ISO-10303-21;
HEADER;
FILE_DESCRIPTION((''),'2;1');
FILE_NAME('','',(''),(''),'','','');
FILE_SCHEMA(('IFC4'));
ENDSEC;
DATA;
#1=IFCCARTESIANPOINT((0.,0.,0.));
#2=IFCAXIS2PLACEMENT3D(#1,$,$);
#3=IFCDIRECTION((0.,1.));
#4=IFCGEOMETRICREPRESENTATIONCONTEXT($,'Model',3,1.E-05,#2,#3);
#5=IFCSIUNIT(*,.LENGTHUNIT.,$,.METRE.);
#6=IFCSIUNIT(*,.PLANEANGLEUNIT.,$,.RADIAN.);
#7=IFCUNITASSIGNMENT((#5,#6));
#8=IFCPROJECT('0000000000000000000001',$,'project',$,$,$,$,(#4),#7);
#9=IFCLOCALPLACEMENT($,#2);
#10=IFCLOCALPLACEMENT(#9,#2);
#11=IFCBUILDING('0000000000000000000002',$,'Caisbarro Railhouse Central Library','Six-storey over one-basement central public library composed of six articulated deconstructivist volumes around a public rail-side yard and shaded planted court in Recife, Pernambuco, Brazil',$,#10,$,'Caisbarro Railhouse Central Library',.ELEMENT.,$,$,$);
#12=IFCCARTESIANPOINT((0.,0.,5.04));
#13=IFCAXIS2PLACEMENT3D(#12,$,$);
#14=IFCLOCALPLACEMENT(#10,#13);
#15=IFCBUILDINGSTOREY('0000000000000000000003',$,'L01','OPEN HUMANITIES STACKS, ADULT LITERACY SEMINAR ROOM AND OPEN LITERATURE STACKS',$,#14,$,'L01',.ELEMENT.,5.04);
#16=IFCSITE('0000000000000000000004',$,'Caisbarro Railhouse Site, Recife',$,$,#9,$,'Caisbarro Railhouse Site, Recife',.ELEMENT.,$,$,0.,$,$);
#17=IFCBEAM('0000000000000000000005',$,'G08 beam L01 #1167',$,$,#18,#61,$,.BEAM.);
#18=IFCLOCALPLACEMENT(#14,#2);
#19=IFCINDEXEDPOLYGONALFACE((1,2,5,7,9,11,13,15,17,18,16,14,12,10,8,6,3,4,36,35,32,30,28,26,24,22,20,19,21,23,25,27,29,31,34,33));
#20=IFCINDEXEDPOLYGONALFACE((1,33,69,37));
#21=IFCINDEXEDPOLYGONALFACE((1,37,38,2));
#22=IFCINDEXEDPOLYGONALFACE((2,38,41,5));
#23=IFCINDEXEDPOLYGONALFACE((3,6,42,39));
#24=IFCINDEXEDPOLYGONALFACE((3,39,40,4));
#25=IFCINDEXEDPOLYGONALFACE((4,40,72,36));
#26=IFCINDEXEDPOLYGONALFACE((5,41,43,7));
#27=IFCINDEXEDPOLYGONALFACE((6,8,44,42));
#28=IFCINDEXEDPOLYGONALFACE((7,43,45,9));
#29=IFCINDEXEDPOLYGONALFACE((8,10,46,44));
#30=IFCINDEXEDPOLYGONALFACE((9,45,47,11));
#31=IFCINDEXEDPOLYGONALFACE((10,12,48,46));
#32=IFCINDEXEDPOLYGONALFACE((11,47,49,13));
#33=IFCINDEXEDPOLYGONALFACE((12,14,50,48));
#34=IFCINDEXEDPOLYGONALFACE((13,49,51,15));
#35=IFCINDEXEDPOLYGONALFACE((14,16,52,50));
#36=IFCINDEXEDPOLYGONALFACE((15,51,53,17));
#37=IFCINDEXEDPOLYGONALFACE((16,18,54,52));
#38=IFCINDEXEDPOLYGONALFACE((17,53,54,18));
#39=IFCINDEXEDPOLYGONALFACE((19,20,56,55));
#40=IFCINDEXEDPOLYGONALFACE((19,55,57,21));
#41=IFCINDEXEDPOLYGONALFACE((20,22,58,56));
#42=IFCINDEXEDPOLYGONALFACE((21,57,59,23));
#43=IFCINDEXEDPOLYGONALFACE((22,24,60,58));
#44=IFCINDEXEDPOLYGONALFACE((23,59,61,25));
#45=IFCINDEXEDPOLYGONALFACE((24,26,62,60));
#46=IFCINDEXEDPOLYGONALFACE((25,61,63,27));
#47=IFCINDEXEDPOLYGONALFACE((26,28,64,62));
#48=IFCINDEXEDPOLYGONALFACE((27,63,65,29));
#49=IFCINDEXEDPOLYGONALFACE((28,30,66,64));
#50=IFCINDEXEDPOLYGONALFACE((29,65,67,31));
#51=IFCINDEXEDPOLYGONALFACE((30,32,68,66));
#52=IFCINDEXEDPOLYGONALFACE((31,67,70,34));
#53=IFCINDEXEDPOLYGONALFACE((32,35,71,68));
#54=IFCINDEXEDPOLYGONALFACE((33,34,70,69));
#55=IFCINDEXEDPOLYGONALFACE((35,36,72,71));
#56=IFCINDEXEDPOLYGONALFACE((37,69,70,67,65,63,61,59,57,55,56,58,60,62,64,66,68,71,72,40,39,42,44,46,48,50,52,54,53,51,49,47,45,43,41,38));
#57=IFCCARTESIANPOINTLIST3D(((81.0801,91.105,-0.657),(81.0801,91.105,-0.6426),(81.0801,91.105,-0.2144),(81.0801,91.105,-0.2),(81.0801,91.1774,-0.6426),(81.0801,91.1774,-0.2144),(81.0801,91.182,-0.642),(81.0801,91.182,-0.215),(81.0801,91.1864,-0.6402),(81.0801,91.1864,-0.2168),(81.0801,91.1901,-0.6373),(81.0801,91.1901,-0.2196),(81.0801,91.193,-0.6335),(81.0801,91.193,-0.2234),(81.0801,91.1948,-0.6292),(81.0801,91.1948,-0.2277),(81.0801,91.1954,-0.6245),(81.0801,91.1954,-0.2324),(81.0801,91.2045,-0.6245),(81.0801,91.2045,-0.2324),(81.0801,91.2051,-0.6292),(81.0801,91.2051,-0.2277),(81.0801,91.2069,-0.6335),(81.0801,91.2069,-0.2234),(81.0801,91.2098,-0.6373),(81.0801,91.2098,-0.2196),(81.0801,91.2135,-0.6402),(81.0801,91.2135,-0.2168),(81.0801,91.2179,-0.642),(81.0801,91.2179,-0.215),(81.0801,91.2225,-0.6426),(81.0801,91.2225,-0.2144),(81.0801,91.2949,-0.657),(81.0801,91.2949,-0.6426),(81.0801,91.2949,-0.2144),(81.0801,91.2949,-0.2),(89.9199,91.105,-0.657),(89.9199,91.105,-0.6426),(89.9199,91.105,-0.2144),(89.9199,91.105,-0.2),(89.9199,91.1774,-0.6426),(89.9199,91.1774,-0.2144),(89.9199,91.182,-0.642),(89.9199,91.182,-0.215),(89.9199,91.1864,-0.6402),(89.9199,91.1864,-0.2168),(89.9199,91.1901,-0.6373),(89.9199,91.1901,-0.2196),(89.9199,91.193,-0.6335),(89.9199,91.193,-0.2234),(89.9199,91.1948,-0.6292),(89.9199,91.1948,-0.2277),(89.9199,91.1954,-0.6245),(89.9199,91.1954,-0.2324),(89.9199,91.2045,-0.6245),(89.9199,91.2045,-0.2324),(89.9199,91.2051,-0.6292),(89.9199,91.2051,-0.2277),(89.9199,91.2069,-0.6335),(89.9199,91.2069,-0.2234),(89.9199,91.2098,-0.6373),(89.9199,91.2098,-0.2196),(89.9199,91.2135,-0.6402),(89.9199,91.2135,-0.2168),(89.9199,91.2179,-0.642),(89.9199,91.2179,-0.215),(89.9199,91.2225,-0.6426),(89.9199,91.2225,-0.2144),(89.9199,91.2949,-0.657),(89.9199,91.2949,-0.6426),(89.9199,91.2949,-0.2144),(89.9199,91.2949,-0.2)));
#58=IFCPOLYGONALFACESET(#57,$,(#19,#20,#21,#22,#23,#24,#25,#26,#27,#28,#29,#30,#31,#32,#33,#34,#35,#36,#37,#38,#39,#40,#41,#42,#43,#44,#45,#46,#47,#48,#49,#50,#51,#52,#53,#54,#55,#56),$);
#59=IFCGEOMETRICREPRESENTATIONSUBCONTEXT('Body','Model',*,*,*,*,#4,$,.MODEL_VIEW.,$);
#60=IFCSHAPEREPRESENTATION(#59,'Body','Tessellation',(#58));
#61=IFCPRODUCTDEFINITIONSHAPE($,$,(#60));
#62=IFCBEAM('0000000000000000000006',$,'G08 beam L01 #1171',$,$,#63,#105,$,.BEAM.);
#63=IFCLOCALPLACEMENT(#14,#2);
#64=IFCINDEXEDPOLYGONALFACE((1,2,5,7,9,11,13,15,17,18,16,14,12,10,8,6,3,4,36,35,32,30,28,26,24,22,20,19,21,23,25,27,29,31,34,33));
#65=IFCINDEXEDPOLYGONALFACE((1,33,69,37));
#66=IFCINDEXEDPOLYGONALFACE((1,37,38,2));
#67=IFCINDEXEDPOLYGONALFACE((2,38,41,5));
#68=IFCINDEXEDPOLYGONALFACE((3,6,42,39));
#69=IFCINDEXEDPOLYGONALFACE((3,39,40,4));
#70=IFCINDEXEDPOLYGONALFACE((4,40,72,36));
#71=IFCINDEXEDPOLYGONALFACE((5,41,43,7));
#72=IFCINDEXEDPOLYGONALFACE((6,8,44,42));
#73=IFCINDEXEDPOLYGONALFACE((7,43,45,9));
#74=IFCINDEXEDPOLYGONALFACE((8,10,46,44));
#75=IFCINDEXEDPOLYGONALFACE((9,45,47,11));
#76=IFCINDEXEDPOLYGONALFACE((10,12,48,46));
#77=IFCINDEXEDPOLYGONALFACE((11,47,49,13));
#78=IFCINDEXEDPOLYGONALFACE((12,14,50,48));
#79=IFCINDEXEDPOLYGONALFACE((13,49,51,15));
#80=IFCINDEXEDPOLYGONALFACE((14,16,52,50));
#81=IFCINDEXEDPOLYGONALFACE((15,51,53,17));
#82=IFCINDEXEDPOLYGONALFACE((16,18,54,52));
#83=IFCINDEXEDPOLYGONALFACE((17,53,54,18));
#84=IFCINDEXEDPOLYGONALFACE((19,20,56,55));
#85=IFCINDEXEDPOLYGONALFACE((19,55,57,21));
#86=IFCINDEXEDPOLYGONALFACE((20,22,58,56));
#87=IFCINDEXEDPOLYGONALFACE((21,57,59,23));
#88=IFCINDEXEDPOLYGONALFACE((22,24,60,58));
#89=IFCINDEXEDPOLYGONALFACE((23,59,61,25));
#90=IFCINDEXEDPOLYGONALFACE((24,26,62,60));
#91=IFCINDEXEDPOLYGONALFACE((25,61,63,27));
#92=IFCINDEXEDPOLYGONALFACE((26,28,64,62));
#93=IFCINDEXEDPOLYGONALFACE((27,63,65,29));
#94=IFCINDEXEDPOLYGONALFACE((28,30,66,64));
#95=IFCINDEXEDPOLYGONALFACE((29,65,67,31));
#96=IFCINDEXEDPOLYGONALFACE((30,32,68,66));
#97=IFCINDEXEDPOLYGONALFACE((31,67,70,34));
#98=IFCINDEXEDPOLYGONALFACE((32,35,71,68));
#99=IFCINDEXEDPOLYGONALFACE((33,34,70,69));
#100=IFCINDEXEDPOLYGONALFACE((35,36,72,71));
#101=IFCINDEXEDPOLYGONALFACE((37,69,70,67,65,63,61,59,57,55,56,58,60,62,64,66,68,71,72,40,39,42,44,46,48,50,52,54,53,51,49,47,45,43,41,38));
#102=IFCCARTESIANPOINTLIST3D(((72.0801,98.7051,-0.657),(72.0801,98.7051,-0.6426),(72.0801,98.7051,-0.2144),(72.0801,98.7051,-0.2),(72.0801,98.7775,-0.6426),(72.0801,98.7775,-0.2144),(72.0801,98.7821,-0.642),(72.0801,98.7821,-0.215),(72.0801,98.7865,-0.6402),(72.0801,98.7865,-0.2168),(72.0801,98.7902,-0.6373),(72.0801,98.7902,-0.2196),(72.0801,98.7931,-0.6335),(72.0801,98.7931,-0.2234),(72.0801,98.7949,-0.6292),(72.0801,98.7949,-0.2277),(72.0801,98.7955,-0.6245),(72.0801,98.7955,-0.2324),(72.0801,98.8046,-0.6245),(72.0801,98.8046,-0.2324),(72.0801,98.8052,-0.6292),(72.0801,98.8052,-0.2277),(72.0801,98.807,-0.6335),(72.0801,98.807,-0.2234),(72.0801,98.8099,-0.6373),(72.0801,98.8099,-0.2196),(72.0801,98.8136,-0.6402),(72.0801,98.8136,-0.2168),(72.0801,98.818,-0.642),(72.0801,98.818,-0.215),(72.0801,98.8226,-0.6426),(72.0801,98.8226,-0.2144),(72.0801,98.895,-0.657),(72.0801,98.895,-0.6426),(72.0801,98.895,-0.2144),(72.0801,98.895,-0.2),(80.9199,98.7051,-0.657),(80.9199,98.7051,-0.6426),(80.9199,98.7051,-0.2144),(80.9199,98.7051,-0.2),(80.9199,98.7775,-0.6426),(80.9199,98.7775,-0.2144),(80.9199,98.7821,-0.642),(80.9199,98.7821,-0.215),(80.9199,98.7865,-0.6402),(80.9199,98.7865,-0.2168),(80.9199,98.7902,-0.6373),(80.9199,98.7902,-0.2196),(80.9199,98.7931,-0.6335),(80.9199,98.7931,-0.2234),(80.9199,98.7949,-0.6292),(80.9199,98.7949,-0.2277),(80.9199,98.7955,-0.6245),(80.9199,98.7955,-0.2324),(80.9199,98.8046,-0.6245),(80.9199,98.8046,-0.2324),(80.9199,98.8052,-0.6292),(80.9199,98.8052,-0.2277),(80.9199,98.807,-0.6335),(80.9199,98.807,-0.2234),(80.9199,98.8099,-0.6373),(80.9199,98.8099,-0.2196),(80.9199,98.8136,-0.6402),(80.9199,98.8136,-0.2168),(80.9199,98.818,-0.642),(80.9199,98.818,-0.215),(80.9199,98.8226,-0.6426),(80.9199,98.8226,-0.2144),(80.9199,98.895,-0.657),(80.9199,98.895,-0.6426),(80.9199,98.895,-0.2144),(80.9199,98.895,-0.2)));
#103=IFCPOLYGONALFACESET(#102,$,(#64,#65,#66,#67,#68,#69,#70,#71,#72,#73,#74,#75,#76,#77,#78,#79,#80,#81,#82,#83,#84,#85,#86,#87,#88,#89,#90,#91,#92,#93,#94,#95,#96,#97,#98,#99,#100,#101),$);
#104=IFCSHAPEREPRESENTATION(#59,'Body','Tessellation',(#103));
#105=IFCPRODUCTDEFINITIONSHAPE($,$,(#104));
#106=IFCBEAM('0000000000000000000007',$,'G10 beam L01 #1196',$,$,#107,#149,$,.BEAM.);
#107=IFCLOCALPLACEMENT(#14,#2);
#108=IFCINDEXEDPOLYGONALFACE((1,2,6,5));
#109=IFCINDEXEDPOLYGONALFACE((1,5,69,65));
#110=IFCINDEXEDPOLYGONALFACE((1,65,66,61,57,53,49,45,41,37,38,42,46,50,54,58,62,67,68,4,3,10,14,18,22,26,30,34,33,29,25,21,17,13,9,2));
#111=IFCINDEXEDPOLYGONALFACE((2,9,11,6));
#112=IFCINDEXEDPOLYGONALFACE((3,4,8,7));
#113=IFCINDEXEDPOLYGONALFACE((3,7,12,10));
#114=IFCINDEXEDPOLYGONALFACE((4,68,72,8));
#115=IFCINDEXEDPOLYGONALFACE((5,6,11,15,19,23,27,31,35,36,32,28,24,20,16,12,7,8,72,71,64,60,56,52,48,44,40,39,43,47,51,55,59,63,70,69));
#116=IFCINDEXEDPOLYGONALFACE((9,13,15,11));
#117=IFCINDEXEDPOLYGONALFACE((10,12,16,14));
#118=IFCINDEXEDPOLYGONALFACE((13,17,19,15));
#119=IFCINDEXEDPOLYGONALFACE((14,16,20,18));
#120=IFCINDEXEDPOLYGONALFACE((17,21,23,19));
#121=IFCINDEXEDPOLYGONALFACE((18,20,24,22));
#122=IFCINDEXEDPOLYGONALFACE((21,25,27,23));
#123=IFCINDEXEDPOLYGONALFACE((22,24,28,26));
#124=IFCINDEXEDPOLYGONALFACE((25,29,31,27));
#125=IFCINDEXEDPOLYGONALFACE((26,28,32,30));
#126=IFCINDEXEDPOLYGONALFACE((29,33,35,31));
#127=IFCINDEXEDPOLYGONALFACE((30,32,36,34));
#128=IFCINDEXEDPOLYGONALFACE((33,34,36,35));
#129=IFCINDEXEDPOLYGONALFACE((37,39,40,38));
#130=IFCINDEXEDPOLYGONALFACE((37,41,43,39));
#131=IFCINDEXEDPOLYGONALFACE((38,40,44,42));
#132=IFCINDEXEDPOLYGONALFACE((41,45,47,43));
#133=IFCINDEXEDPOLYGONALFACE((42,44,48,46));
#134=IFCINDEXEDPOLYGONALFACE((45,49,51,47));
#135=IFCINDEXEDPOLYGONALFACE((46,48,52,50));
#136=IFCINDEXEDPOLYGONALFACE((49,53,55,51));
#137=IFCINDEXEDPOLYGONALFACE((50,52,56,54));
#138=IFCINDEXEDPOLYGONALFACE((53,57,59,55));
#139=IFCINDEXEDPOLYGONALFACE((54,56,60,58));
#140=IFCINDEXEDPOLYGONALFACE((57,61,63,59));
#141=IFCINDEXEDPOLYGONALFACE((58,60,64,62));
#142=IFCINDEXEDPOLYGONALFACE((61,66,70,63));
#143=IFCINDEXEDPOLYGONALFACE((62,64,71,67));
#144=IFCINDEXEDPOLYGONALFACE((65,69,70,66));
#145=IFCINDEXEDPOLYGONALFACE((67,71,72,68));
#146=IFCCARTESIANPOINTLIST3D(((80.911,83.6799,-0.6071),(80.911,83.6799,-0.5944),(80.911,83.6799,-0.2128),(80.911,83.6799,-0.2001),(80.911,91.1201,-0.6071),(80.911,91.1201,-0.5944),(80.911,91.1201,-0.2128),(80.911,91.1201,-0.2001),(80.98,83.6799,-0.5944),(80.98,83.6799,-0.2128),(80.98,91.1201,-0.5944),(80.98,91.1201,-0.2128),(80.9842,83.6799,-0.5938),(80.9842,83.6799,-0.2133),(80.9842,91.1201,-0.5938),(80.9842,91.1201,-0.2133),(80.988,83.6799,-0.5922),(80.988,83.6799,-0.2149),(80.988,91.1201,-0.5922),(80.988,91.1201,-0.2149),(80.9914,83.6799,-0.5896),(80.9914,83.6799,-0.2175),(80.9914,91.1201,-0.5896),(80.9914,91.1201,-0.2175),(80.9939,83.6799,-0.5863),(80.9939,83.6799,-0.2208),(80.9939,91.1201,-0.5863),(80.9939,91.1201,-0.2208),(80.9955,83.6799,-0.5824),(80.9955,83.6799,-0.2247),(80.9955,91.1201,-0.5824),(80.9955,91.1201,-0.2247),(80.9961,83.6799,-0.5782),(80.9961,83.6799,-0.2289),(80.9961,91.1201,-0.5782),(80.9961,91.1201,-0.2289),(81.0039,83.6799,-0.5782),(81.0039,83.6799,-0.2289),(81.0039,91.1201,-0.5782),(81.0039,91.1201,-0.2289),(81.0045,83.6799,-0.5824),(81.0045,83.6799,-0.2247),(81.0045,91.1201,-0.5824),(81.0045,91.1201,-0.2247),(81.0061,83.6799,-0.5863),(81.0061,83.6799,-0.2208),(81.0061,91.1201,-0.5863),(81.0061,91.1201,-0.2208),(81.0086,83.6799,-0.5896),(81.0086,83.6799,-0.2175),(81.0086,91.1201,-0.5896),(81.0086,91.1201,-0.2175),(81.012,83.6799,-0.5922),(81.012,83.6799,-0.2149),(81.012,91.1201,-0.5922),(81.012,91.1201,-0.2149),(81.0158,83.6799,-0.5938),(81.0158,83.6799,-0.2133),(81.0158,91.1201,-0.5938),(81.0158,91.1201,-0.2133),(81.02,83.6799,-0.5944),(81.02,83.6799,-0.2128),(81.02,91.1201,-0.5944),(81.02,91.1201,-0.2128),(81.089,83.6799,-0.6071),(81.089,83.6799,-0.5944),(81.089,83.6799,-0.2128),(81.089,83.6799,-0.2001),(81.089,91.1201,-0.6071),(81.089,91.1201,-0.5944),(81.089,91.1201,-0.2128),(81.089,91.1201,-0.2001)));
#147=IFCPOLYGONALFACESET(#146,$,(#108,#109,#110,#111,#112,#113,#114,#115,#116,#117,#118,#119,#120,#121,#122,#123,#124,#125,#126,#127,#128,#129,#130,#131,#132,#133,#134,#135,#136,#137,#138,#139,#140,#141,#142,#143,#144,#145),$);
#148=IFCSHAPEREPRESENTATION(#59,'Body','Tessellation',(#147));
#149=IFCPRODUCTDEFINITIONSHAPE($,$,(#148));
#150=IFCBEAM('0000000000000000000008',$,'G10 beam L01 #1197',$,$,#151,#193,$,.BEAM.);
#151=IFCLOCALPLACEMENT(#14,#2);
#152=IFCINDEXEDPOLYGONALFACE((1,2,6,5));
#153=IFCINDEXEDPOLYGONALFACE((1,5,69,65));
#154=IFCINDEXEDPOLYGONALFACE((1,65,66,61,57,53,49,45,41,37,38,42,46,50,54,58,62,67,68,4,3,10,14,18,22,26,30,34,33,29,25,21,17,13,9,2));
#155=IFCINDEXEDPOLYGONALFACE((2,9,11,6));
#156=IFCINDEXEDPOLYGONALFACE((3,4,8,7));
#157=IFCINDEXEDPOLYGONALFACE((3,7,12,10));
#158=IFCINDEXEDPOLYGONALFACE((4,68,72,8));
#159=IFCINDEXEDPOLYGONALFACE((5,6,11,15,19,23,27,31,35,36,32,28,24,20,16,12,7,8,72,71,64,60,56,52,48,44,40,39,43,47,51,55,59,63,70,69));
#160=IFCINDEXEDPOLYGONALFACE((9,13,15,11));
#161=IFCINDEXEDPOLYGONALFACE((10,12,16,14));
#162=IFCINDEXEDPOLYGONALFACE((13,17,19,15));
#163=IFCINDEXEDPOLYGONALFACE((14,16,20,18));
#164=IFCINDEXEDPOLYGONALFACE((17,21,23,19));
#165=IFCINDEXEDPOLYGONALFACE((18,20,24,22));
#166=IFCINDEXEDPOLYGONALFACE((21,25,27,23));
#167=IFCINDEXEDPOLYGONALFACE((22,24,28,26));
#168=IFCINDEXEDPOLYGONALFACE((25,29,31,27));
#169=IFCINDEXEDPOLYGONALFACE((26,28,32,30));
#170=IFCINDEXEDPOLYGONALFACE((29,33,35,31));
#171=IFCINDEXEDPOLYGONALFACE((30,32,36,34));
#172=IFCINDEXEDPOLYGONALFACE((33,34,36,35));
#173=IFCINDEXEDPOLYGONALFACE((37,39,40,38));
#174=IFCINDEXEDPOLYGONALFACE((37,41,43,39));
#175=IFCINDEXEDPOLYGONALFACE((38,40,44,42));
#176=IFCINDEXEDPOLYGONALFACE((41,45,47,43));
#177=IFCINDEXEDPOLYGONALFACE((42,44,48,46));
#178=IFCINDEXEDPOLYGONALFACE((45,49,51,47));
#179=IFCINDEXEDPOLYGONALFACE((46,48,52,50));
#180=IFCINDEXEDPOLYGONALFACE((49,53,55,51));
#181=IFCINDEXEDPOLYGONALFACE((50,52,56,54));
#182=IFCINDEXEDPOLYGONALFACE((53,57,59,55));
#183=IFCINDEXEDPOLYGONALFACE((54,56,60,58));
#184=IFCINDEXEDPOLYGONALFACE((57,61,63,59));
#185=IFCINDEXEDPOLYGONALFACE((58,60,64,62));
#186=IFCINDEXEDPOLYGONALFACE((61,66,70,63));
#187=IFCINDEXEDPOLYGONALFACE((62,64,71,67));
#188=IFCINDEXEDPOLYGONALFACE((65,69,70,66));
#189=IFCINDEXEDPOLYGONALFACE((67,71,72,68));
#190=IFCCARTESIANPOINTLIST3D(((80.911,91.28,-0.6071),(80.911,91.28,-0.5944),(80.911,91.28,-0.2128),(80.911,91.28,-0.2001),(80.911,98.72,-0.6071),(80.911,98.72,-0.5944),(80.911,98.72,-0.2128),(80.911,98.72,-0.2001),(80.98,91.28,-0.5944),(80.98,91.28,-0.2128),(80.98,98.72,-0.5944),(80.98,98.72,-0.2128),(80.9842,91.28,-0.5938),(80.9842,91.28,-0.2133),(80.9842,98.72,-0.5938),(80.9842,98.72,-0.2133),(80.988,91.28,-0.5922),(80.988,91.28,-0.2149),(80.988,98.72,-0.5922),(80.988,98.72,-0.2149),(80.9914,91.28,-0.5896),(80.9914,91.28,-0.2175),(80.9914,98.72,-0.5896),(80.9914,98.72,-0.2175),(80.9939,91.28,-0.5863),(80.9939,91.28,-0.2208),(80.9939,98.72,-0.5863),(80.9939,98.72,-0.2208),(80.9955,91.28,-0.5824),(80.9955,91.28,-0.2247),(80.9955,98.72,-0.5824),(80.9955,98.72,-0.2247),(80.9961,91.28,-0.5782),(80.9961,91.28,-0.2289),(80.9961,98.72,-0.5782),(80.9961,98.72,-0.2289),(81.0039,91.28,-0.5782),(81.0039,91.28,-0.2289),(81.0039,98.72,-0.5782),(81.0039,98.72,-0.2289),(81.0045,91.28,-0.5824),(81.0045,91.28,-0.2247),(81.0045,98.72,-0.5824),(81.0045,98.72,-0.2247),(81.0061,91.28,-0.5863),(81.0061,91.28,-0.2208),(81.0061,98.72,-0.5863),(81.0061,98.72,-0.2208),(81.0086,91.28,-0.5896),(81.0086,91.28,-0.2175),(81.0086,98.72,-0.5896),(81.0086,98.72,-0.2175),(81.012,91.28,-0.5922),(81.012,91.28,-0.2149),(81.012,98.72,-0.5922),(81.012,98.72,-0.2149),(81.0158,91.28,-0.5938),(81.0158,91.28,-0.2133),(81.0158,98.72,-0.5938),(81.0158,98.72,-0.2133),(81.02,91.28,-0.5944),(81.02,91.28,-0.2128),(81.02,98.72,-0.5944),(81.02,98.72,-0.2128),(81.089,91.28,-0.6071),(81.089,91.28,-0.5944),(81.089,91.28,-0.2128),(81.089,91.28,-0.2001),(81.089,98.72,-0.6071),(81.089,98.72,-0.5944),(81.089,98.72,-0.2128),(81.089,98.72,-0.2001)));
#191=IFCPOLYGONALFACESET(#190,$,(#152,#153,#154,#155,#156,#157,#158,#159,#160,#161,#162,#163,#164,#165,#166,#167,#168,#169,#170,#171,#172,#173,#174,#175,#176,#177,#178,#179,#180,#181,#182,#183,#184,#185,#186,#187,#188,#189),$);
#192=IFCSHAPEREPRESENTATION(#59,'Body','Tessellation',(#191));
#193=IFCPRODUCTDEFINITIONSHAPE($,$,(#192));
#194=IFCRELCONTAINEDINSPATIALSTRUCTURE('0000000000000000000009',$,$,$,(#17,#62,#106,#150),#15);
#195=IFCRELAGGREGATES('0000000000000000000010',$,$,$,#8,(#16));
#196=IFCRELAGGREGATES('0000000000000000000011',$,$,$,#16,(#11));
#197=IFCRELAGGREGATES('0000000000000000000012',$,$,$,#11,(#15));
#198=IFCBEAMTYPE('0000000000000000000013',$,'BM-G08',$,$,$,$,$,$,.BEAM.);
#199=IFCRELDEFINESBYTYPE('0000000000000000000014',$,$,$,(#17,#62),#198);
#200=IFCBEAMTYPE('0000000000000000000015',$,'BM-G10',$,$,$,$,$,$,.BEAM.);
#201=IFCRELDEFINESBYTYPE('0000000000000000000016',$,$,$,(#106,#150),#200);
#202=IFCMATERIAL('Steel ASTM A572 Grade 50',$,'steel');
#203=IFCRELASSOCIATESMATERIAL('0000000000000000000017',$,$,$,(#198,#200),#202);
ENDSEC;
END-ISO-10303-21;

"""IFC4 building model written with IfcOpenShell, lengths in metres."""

from ifc_helpers import new_model, si_unit, direction, frame, origin, origin_2d, place, context, subcontext, project, spatial, i_section, extrude, material, material_profile, profile_set, type_object, element, save


model = new_model("IFC4")

# Units and contexts
model_context = context("Model", 3, precision=1e-05, world=origin(), true_north=direction((0.0, 1.0)))
body_context = subcontext(model_context, "Body", "Model", "MODEL_VIEW")
ifc_project = project(units=[si_unit("LENGTHUNIT", "METRE"), si_unit("PLANEANGLEUNIT", "RADIAN")], contexts=[model_context])

# Site, building, storey
site_placement = place(None, origin())
site = spatial("IfcSite", under=ifc_project, at=site_placement, Name="Caisbarro Railhouse Site, Recife", LongName="Caisbarro Railhouse Site, Recife", CompositionType="ELEMENT", RefElevation=0.0)
building_placement = place(site_placement, origin())
building = spatial("IfcBuilding", under=site, at=building_placement, Name="Caisbarro Railhouse Central Library", Description="Six-storey over one-basement central public library composed of six articulated deconstructivist volumes around a public rail-side yard and shaded planted court in Recife, Pernambuco, Brazil", LongName="Caisbarro Railhouse Central Library", CompositionType="ELEMENT")
storey_placement = place(building_placement, frame((0.0, 0.0, 5.04)))
storey = spatial("IfcBuildingStorey", under=building, at=storey_placement, Name="L01", Description="OPEN HUMANITIES STACKS, ADULT LITERACY SEMINAR ROOM AND OPEN LITERATURE STACKS", LongName="L01", CompositionType="ELEMENT", Elevation=5.04)

# Shared definitions
ifc_material_1 = material(Name="Steel ASTM A572 Grade 50", Category="steel")

# Beams
ifc_material_profile_1 = material_profile(ifc_material_1, i_section(OverallWidth=0.1899, OverallDepth=0.457, WebThickness=0.009, FlangeThickness=0.0144, FilletRadius=0.0181, at=origin_2d()), Name="W460X74.0")
ifc_profile_set_1 = profile_set([ifc_material_profile_1], Name="Steel ASTM A572 Grade 50")
beam_type_1 = type_object("IfcBeamType", Name="BM-G08", PredefinedType="BEAM", material=ifc_profile_set_1)
for number, where, z_axis, x_axis, name in (
    (1, (81.0801, 91.2, -0.4285), (1.0, 0.0, 0.0), (0.0, 1.0, 0.0), "G08 beam L01 #1167"),
    (2, (72.0801, 98.8, -0.4285), (1.0, 0.0, 0.0), (0.0, 1.0, 0.0), "G08 beam L01 #1171"),
):
    element("IfcBeam", number, at=place(storey_placement, frame(where, z_axis=z_axis, x_axis=x_axis)), inside=storey, type_object=beam_type_1, Name=name, PredefinedType="BEAM", context=body_context, shape_type="SweptSolid", body=[
        extrude(i_section(OverallWidth=0.1899, OverallDepth=0.457, WebThickness=0.009, FlangeThickness=0.0144, FilletRadius=0.0181, at=origin_2d()), origin(), (0.0, 0.0, 1.0), 8.8398),
    ])
ifc_material_profile_2 = material_profile(ifc_material_1, i_section(OverallWidth=0.178, OverallDepth=0.407, WebThickness=0.0078, FlangeThickness=0.0127, FilletRadius=0.0161, at=origin_2d()), Name="W410X60.0")
ifc_profile_set_2 = profile_set([ifc_material_profile_2], Name="Steel ASTM A572 Grade 50")
beam_type_2 = type_object("IfcBeamType", Name="BM-G10", PredefinedType="BEAM", material=ifc_profile_set_2)
beam_1_placement = place(storey_placement, frame((81.0, 83.6799, -0.4036), z_axis=(0.0, 1.0, 0.0), x_axis=(-1.0, 0.0, 0.0)))
element("IfcBeam", 3, at=beam_1_placement, inside=storey, type_object=beam_type_2, Name="G10 beam L01 #1196", PredefinedType="BEAM", context=body_context, shape_type="SweptSolid", body=[
    extrude(i_section(OverallWidth=0.178, OverallDepth=0.407, WebThickness=0.0078, FlangeThickness=0.0127, FilletRadius=0.0161, at=origin_2d()), origin(), (0.0, 0.0, 1.0), 7.4402),
])
beam_2_placement = place(storey_placement, frame((81.0, 91.28, -0.4036), z_axis=(0.0, 1.0, 0.0), x_axis=(-1.0, 0.0, 0.0)))
element("IfcBeam", 4, at=beam_2_placement, inside=storey, type_object=beam_type_2, Name="G10 beam L01 #1197", PredefinedType="BEAM", context=body_context, shape_type="SweptSolid", body=[
    extrude(i_section(OverallWidth=0.178, OverallDepth=0.407, WebThickness=0.0078, FlangeThickness=0.0127, FilletRadius=0.0161, at=origin_2d()), origin(), (0.0, 0.0, 1.0), 7.4399),
])

save(model, "model.ifc")
